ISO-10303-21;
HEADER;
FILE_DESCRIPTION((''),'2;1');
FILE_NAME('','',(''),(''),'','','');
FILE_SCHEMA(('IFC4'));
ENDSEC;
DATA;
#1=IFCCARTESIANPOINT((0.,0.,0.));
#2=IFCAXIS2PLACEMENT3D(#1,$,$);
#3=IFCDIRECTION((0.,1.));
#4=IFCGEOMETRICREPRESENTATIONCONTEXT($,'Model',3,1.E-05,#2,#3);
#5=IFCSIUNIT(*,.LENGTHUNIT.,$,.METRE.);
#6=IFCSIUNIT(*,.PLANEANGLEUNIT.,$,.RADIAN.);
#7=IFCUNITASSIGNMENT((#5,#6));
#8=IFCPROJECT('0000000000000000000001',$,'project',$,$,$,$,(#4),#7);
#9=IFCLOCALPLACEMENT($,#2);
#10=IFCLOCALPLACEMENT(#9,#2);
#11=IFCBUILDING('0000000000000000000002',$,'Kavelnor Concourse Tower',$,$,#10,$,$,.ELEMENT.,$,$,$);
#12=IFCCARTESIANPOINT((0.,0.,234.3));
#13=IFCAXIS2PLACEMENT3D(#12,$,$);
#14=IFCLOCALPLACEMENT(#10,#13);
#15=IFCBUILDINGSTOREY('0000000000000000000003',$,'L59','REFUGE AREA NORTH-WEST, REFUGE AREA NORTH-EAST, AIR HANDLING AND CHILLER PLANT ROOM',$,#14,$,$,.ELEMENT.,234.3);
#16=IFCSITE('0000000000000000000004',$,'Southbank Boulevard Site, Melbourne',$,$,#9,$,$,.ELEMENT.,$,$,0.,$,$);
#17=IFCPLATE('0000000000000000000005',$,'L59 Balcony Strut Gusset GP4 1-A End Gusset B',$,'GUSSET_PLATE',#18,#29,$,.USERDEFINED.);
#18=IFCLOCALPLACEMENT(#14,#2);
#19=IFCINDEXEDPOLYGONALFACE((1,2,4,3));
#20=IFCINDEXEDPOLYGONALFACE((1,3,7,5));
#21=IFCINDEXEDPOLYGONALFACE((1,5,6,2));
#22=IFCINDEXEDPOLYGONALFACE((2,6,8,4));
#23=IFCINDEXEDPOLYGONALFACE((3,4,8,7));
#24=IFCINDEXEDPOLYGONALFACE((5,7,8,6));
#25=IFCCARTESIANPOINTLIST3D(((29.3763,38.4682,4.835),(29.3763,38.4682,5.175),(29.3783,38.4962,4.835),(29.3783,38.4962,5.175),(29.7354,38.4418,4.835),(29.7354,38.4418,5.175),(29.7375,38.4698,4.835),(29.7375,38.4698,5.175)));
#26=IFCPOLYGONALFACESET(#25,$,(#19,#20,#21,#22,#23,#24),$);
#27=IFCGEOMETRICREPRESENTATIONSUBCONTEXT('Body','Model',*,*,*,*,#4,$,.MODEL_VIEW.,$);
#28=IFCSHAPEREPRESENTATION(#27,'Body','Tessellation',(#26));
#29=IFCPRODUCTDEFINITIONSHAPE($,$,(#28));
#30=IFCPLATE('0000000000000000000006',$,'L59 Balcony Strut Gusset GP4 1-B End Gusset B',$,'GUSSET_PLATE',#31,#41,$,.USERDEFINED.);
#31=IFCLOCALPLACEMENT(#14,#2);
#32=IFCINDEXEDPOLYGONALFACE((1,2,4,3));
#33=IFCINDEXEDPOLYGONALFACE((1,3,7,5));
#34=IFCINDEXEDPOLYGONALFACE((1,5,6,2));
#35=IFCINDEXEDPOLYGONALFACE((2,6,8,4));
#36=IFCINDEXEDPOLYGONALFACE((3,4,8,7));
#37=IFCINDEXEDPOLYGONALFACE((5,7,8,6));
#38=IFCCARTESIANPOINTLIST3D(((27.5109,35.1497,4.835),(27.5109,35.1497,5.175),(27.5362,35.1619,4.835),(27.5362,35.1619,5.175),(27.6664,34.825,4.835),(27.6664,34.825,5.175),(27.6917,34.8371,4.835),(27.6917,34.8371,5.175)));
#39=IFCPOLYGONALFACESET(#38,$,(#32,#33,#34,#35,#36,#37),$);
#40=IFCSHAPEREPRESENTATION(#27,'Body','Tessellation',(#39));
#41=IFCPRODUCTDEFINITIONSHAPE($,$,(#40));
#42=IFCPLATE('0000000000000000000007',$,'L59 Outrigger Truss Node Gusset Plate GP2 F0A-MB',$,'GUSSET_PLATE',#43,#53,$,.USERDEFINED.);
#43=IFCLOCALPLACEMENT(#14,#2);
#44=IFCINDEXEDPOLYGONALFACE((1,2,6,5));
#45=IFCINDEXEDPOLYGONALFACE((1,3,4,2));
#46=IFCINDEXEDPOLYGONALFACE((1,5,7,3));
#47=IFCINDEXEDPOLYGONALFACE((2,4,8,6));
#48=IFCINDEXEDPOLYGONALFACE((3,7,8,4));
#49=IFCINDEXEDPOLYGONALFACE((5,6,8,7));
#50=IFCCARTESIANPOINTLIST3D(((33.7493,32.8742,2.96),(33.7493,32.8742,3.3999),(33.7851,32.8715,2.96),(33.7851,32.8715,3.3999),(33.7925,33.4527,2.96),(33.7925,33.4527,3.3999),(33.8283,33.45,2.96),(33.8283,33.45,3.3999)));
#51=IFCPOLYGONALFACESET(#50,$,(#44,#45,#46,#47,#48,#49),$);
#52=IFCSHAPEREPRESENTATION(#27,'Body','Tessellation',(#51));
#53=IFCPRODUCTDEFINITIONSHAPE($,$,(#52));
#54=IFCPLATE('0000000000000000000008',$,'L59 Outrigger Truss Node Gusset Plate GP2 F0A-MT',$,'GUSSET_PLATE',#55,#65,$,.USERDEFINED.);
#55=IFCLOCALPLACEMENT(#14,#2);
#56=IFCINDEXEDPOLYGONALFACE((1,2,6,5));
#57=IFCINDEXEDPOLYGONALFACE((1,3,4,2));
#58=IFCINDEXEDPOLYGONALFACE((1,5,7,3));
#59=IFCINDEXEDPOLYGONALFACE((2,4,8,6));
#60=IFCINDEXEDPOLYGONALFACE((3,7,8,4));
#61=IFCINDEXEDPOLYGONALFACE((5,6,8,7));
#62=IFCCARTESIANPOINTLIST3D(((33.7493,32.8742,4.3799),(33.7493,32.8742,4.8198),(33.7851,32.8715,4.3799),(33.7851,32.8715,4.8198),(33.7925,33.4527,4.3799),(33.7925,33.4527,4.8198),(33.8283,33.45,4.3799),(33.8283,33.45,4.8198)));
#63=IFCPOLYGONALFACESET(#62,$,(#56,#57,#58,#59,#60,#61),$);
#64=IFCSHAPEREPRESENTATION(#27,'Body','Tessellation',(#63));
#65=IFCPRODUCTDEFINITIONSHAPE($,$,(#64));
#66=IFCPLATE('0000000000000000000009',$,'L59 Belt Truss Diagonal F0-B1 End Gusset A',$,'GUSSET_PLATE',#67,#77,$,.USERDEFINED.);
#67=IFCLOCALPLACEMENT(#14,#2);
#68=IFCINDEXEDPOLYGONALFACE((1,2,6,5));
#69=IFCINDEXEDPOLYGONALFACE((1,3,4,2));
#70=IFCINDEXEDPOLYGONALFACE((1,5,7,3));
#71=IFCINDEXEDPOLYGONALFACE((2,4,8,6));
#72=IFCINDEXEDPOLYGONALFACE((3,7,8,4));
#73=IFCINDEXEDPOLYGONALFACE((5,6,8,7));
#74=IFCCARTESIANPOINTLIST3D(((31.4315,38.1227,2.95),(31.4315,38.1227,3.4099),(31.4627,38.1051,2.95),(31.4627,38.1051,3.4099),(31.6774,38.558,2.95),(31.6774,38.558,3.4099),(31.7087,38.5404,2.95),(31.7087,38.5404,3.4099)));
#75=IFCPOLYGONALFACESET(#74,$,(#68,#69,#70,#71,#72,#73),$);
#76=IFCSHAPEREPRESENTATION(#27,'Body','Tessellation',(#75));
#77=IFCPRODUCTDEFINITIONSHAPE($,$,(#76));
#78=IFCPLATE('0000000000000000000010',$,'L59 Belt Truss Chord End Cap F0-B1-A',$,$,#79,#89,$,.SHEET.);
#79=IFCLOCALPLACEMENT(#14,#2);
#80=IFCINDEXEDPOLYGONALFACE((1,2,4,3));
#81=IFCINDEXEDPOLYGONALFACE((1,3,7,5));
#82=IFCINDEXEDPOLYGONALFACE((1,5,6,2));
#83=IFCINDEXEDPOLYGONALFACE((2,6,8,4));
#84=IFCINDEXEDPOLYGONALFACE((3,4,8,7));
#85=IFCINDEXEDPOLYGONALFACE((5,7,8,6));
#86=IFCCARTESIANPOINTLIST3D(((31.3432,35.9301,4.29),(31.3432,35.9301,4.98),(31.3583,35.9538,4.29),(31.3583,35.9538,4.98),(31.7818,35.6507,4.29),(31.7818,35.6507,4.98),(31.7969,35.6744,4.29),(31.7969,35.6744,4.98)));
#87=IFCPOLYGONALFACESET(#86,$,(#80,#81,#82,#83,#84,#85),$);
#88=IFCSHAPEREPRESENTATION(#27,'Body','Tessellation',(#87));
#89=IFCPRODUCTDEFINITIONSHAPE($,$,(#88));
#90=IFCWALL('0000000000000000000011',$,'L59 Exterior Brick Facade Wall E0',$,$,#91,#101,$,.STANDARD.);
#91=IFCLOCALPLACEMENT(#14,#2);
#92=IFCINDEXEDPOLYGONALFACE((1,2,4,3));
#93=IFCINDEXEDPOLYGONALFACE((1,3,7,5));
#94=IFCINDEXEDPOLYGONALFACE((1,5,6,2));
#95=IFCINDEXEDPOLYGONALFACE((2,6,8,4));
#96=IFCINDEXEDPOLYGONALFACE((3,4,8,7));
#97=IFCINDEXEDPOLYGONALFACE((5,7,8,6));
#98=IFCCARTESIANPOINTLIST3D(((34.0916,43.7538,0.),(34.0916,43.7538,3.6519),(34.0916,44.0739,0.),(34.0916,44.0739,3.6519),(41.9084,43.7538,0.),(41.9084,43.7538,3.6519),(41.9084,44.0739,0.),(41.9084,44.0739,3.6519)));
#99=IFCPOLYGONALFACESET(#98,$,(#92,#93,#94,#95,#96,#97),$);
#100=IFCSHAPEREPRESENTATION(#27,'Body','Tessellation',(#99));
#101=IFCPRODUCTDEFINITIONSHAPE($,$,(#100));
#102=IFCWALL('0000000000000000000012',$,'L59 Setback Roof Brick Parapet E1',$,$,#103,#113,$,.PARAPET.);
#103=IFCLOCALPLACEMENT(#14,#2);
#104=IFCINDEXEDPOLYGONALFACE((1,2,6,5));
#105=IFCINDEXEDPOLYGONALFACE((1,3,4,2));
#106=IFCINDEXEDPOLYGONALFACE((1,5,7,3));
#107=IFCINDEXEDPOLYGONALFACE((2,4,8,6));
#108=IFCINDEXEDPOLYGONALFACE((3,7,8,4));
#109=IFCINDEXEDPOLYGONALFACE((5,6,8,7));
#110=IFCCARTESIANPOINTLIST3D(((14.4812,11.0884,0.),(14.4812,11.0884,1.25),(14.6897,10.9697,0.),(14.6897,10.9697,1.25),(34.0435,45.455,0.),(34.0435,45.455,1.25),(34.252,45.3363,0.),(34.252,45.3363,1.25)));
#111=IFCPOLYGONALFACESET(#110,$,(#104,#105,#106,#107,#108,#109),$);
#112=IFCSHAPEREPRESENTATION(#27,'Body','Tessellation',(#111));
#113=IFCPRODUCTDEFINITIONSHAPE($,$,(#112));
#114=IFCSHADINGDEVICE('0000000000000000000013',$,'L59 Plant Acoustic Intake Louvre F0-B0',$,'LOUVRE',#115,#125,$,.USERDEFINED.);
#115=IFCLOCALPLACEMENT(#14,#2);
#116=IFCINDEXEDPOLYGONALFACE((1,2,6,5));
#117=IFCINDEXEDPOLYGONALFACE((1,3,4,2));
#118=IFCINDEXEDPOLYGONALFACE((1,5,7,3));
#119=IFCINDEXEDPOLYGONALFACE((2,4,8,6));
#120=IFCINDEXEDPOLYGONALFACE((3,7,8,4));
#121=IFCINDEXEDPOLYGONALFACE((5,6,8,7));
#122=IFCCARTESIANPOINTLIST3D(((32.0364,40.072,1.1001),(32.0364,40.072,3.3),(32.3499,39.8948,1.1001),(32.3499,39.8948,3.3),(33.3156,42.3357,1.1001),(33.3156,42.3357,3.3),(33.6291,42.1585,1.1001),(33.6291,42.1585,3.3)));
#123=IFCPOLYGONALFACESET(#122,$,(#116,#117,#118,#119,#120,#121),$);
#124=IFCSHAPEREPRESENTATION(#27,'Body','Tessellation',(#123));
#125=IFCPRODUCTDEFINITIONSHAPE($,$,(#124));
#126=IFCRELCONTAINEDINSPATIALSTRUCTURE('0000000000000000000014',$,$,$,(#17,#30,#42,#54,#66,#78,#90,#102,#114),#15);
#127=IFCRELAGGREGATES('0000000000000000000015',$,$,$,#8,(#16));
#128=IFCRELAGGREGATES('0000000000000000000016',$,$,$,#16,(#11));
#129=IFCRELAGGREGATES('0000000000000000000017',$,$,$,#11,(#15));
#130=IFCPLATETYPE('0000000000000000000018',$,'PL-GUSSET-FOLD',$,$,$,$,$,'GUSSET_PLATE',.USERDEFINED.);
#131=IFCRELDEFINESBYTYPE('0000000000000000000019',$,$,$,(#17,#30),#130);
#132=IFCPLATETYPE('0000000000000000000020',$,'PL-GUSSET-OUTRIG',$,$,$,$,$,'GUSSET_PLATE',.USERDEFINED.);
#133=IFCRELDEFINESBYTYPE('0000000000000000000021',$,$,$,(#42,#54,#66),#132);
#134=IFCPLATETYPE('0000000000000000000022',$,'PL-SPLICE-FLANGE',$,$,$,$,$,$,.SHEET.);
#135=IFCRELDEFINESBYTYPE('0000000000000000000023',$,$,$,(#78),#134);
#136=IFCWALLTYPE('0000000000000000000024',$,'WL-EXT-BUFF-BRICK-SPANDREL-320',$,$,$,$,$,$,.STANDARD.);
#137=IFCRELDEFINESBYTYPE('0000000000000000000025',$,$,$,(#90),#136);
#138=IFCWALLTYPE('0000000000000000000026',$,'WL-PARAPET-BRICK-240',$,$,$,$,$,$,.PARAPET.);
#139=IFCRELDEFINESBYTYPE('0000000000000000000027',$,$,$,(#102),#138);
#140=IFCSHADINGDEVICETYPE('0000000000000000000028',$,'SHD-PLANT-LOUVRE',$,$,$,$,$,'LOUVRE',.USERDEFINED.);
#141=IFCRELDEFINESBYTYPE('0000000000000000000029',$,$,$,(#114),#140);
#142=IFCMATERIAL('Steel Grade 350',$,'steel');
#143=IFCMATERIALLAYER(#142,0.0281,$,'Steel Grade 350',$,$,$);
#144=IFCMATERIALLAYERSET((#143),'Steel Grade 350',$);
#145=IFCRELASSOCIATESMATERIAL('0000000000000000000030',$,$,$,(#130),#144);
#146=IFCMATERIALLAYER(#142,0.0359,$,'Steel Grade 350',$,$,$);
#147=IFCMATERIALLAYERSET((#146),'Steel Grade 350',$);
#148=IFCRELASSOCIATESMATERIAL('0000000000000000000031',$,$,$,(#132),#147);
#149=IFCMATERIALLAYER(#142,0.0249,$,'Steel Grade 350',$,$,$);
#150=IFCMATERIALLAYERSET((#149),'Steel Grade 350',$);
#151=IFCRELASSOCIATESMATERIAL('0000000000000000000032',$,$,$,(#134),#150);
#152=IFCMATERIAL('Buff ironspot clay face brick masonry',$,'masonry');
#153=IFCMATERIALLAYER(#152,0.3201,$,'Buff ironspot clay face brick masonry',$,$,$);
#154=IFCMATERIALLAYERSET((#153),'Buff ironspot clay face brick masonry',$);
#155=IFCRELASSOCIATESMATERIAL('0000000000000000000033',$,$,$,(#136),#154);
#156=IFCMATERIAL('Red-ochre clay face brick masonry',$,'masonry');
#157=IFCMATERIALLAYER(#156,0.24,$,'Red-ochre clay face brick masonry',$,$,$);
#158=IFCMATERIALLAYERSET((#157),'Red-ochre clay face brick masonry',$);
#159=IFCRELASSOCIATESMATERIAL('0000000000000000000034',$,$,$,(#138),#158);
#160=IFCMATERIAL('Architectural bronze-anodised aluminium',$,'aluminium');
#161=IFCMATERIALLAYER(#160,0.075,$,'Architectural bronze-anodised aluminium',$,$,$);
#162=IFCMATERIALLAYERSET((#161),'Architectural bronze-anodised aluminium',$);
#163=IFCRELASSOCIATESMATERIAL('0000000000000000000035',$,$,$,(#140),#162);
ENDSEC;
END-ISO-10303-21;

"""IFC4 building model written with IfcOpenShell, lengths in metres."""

from ifc_helpers import new_model, si_unit, direction, frame, frame_2d, origin, origin_2d, place, context, subcontext, project, spatial, rectangle, extrude, material, layer, layer_set, type_object, element, save


model = new_model("IFC4")

# Units and contexts
model_context = context("Model", 3, precision=1e-05, world=origin(), true_north=direction((0.0, 1.0)))
body_context = subcontext(model_context, "Body", "Model", "MODEL_VIEW")
ifc_project = project(units=[si_unit("LENGTHUNIT", "METRE"), si_unit("PLANEANGLEUNIT", "RADIAN")], contexts=[model_context])

# Site, building, storey
site_placement = place(None, origin())
site = spatial("IfcSite", under=ifc_project, at=site_placement, Name="Southbank Boulevard Site, Melbourne", CompositionType="ELEMENT", RefElevation=0.0)
building_placement = place(site_placement, origin())
building = spatial("IfcBuilding", under=site, at=building_placement, Name="Kavelnor Concourse Tower", CompositionType="ELEMENT")
storey_placement = place(building_placement, frame((0.0, 0.0, 234.3)))
storey = spatial("IfcBuildingStorey", under=building, at=storey_placement, Name="L59", Description="REFUGE AREA NORTH-WEST, REFUGE AREA NORTH-EAST, AIR HANDLING AND CHILLER PLANT ROOM", CompositionType="ELEMENT", Elevation=234.3)

# Shared definitions
ifc_material_1 = material(Name="Steel Grade 350", Category="steel")

# Plates
ifc_layer_1 = layer(ifc_material_1, 0.0281, Name="Steel Grade 350")
ifc_layer_set_1 = layer_set([ifc_layer_1], Name="Steel Grade 350")
plate_type_1 = type_object("IfcPlateType", Name="PL-GUSSET-FOLD", ElementType="GUSSET_PLATE", PredefinedType="USERDEFINED", material=ifc_layer_set_1)
for number, where, z_axis, x_axis, name in (
    (1, (29.5569, 38.469, 4.835), (0.0, 0.0, 1.0), (-0.997302, 0.073412, 0.0), "L59 Balcony Strut Gusset GP4 1-A End Gusset B"),
    (2, (27.6013, 34.9934, 4.835), (0.0, 0.0, 1.0), (-0.431928, 0.901908, 0.0), "L59 Balcony Strut Gusset GP4 1-B End Gusset B"),
):
    element("IfcPlate", number, at=place(storey_placement, frame(where, z_axis=z_axis, x_axis=x_axis)), inside=storey, type_object=plate_type_1, Name=name, ObjectType="GUSSET_PLATE", PredefinedType="USERDEFINED", context=body_context, shape_type="SweptSolid", body=[
        extrude(rectangle(XDim=0.3601, YDim=0.0281, at=origin_2d()), origin(), (0.0, 0.0, 1.0), 0.3401),
    ])
ifc_layer_2 = layer(ifc_material_1, 0.0359, Name="Steel Grade 350")
ifc_layer_set_2 = layer_set([ifc_layer_2], Name="Steel Grade 350")
plate_type_2 = type_object("IfcPlateType", Name="PL-GUSSET-OUTRIG", ElementType="GUSSET_PLATE", PredefinedType="USERDEFINED", material=ifc_layer_set_2)
for number, where, z_axis, x_axis, name in (
    (3, (33.7888, 33.1621, 2.96), (0.0, 0.0, 1.0), (0.074457, 0.997224, 0.0), "L59 Outrigger Truss Node Gusset Plate GP2 F0A-MB"),
    (4, (33.7888, 33.1621, 4.3799), (0.0, 0.0, 1.0), (0.074457, 0.997224, 0.0), "L59 Outrigger Truss Node Gusset Plate GP2 F0A-MT"),
):
    element("IfcPlate", number, at=place(storey_placement, frame(where, z_axis=z_axis, x_axis=x_axis)), inside=storey, type_object=plate_type_2, Name=name, ObjectType="GUSSET_PLATE", PredefinedType="USERDEFINED", context=body_context, shape_type="SweptSolid", body=[
        extrude(rectangle(XDim=0.5801, YDim=0.0359, at=origin_2d()), origin(), (0.0, 0.0, 1.0), 0.4399),
    ])
plate_1_placement = place(storey_placement, frame((31.5701, 38.3315, 2.95), z_axis=(0.0, 0.0, 1.0), x_axis=(-0.491968, -0.870613, 0.0)))
element("IfcPlate", 5, at=plate_1_placement, inside=storey, type_object=plate_type_2, Name="L59 Belt Truss Diagonal F0-B1 End Gusset A", ObjectType="GUSSET_PLATE", PredefinedType="USERDEFINED", context=body_context, shape_type="SweptSolid", body=[
    extrude(rectangle(XDim=0.5, YDim=0.0359, at=origin_2d()), origin(), (0.0, 0.0, 1.0), 0.46),
])
ifc_layer_3 = layer(ifc_material_1, 0.0249, Name="Steel Grade 350")
ifc_layer_set_3 = layer_set([ifc_layer_3], Name="Steel Grade 350")
plate_type_3 = type_object("IfcPlateType", Name="PL-SPLICE-FLANGE", PredefinedType="SHEET", material=ifc_layer_set_3)
plate_2_placement = place(storey_placement, frame((31.5701, 35.8022, 4.29), z_axis=(0.0, 0.0, 1.0), x_axis=(-0.843485, 0.537152, 0.0)))
element("IfcPlate", 6, at=plate_2_placement, inside=storey, type_object=plate_type_3, Name="L59 Belt Truss Chord End Cap F0-B1-A", PredefinedType="SHEET", context=body_context, shape_type="SweptSolid", body=[
    extrude(rectangle(XDim=0.52, YDim=0.0281, at=origin_2d()), origin(), (0.0, 0.0, 1.0), 0.6899),
])

# Walls
ifc_material_2 = material(Name="Buff ironspot clay face brick masonry", Category="masonry")
ifc_layer_4 = layer(ifc_material_2, 0.3201, Name="Buff ironspot clay face brick masonry")
ifc_layer_set_4 = layer_set([ifc_layer_4], Name="Buff ironspot clay face brick masonry")
wall_type_1 = type_object("IfcWallType", Name="WL-EXT-BUFF-BRICK-SPANDREL-320", PredefinedType="STANDARD", material=ifc_layer_set_4)
wall_1_placement = place(storey_placement, frame((34.0916, 43.9138, 0.0), z_axis=(0.0, 0.0, 1.0), x_axis=(1.0, 0.0, 0.0)))
element("IfcWall", 7, at=wall_1_placement, inside=storey, type_object=wall_type_1, Name="L59 Exterior Brick Facade Wall E0", PredefinedType="STANDARD", context=body_context, shape_type="SweptSolid", body=[
    extrude(rectangle(XDim=7.8169, YDim=0.3201, at=frame_2d((3.9084, 0.0))), origin(), (0.0, 0.0, 1.0), 3.6519),
])
ifc_material_3 = material(Name="Red-ochre clay face brick masonry", Category="masonry")
ifc_layer_5 = layer(ifc_material_3, 0.24, Name="Red-ochre clay face brick masonry")
ifc_layer_set_5 = layer_set([ifc_layer_5], Name="Red-ochre clay face brick masonry")
wall_type_2 = type_object("IfcWallType", Name="WL-PARAPET-BRICK-240", PredefinedType="PARAPET", material=ifc_layer_set_5)
wall_2_placement = place(storey_placement, frame((34.1477, 45.3955, 0.0), z_axis=(0.0, 0.0, 1.0), x_axis=(-0.494695, -0.869067, 0.0)))
element("IfcWall", 8, at=wall_2_placement, inside=storey, type_object=wall_type_2, Name="L59 Setback Roof Brick Parapet E1", PredefinedType="PARAPET", context=body_context, shape_type="SweptSolid", body=[
    extrude(rectangle(XDim=39.5442, YDim=0.24, at=frame_2d((19.772, 0.0))), origin(), (0.0, 0.0, 1.0), 1.25),
])

# Shading device
ifc_material_4 = material(Name="Architectural bronze-anodised aluminium", Category="aluminium")
ifc_layer_6 = layer(ifc_material_4, 0.075, Name="Architectural bronze-anodised aluminium")
ifc_layer_set_6 = layer_set([ifc_layer_6], Name="Architectural bronze-anodised aluminium")
shading_device_type = type_object("IfcShadingDeviceType", Name="SHD-PLANT-LOUVRE", ElementType="LOUVRE", PredefinedType="USERDEFINED", material=ifc_layer_set_6)
shading_device_placement = place(storey_placement, frame((32.8328, 41.1152, 1.1001), z_axis=(0.0, 0.0, 1.0), x_axis=(0.491968, 0.870613, 0.0)))
element("IfcShadingDevice", 9, at=shading_device_placement, inside=storey, type_object=shading_device_type, Name="L59 Plant Acoustic Intake Louvre F0-B0", ObjectType="LOUVRE", PredefinedType="USERDEFINED", context=body_context, shape_type="SweptSolid", body=[
    extrude(rectangle(XDim=2.6001, YDim=0.3601, at=origin_2d()), origin(), (0.0, 0.0, 1.0), 2.2),
])

save(model, "model.ifc")
